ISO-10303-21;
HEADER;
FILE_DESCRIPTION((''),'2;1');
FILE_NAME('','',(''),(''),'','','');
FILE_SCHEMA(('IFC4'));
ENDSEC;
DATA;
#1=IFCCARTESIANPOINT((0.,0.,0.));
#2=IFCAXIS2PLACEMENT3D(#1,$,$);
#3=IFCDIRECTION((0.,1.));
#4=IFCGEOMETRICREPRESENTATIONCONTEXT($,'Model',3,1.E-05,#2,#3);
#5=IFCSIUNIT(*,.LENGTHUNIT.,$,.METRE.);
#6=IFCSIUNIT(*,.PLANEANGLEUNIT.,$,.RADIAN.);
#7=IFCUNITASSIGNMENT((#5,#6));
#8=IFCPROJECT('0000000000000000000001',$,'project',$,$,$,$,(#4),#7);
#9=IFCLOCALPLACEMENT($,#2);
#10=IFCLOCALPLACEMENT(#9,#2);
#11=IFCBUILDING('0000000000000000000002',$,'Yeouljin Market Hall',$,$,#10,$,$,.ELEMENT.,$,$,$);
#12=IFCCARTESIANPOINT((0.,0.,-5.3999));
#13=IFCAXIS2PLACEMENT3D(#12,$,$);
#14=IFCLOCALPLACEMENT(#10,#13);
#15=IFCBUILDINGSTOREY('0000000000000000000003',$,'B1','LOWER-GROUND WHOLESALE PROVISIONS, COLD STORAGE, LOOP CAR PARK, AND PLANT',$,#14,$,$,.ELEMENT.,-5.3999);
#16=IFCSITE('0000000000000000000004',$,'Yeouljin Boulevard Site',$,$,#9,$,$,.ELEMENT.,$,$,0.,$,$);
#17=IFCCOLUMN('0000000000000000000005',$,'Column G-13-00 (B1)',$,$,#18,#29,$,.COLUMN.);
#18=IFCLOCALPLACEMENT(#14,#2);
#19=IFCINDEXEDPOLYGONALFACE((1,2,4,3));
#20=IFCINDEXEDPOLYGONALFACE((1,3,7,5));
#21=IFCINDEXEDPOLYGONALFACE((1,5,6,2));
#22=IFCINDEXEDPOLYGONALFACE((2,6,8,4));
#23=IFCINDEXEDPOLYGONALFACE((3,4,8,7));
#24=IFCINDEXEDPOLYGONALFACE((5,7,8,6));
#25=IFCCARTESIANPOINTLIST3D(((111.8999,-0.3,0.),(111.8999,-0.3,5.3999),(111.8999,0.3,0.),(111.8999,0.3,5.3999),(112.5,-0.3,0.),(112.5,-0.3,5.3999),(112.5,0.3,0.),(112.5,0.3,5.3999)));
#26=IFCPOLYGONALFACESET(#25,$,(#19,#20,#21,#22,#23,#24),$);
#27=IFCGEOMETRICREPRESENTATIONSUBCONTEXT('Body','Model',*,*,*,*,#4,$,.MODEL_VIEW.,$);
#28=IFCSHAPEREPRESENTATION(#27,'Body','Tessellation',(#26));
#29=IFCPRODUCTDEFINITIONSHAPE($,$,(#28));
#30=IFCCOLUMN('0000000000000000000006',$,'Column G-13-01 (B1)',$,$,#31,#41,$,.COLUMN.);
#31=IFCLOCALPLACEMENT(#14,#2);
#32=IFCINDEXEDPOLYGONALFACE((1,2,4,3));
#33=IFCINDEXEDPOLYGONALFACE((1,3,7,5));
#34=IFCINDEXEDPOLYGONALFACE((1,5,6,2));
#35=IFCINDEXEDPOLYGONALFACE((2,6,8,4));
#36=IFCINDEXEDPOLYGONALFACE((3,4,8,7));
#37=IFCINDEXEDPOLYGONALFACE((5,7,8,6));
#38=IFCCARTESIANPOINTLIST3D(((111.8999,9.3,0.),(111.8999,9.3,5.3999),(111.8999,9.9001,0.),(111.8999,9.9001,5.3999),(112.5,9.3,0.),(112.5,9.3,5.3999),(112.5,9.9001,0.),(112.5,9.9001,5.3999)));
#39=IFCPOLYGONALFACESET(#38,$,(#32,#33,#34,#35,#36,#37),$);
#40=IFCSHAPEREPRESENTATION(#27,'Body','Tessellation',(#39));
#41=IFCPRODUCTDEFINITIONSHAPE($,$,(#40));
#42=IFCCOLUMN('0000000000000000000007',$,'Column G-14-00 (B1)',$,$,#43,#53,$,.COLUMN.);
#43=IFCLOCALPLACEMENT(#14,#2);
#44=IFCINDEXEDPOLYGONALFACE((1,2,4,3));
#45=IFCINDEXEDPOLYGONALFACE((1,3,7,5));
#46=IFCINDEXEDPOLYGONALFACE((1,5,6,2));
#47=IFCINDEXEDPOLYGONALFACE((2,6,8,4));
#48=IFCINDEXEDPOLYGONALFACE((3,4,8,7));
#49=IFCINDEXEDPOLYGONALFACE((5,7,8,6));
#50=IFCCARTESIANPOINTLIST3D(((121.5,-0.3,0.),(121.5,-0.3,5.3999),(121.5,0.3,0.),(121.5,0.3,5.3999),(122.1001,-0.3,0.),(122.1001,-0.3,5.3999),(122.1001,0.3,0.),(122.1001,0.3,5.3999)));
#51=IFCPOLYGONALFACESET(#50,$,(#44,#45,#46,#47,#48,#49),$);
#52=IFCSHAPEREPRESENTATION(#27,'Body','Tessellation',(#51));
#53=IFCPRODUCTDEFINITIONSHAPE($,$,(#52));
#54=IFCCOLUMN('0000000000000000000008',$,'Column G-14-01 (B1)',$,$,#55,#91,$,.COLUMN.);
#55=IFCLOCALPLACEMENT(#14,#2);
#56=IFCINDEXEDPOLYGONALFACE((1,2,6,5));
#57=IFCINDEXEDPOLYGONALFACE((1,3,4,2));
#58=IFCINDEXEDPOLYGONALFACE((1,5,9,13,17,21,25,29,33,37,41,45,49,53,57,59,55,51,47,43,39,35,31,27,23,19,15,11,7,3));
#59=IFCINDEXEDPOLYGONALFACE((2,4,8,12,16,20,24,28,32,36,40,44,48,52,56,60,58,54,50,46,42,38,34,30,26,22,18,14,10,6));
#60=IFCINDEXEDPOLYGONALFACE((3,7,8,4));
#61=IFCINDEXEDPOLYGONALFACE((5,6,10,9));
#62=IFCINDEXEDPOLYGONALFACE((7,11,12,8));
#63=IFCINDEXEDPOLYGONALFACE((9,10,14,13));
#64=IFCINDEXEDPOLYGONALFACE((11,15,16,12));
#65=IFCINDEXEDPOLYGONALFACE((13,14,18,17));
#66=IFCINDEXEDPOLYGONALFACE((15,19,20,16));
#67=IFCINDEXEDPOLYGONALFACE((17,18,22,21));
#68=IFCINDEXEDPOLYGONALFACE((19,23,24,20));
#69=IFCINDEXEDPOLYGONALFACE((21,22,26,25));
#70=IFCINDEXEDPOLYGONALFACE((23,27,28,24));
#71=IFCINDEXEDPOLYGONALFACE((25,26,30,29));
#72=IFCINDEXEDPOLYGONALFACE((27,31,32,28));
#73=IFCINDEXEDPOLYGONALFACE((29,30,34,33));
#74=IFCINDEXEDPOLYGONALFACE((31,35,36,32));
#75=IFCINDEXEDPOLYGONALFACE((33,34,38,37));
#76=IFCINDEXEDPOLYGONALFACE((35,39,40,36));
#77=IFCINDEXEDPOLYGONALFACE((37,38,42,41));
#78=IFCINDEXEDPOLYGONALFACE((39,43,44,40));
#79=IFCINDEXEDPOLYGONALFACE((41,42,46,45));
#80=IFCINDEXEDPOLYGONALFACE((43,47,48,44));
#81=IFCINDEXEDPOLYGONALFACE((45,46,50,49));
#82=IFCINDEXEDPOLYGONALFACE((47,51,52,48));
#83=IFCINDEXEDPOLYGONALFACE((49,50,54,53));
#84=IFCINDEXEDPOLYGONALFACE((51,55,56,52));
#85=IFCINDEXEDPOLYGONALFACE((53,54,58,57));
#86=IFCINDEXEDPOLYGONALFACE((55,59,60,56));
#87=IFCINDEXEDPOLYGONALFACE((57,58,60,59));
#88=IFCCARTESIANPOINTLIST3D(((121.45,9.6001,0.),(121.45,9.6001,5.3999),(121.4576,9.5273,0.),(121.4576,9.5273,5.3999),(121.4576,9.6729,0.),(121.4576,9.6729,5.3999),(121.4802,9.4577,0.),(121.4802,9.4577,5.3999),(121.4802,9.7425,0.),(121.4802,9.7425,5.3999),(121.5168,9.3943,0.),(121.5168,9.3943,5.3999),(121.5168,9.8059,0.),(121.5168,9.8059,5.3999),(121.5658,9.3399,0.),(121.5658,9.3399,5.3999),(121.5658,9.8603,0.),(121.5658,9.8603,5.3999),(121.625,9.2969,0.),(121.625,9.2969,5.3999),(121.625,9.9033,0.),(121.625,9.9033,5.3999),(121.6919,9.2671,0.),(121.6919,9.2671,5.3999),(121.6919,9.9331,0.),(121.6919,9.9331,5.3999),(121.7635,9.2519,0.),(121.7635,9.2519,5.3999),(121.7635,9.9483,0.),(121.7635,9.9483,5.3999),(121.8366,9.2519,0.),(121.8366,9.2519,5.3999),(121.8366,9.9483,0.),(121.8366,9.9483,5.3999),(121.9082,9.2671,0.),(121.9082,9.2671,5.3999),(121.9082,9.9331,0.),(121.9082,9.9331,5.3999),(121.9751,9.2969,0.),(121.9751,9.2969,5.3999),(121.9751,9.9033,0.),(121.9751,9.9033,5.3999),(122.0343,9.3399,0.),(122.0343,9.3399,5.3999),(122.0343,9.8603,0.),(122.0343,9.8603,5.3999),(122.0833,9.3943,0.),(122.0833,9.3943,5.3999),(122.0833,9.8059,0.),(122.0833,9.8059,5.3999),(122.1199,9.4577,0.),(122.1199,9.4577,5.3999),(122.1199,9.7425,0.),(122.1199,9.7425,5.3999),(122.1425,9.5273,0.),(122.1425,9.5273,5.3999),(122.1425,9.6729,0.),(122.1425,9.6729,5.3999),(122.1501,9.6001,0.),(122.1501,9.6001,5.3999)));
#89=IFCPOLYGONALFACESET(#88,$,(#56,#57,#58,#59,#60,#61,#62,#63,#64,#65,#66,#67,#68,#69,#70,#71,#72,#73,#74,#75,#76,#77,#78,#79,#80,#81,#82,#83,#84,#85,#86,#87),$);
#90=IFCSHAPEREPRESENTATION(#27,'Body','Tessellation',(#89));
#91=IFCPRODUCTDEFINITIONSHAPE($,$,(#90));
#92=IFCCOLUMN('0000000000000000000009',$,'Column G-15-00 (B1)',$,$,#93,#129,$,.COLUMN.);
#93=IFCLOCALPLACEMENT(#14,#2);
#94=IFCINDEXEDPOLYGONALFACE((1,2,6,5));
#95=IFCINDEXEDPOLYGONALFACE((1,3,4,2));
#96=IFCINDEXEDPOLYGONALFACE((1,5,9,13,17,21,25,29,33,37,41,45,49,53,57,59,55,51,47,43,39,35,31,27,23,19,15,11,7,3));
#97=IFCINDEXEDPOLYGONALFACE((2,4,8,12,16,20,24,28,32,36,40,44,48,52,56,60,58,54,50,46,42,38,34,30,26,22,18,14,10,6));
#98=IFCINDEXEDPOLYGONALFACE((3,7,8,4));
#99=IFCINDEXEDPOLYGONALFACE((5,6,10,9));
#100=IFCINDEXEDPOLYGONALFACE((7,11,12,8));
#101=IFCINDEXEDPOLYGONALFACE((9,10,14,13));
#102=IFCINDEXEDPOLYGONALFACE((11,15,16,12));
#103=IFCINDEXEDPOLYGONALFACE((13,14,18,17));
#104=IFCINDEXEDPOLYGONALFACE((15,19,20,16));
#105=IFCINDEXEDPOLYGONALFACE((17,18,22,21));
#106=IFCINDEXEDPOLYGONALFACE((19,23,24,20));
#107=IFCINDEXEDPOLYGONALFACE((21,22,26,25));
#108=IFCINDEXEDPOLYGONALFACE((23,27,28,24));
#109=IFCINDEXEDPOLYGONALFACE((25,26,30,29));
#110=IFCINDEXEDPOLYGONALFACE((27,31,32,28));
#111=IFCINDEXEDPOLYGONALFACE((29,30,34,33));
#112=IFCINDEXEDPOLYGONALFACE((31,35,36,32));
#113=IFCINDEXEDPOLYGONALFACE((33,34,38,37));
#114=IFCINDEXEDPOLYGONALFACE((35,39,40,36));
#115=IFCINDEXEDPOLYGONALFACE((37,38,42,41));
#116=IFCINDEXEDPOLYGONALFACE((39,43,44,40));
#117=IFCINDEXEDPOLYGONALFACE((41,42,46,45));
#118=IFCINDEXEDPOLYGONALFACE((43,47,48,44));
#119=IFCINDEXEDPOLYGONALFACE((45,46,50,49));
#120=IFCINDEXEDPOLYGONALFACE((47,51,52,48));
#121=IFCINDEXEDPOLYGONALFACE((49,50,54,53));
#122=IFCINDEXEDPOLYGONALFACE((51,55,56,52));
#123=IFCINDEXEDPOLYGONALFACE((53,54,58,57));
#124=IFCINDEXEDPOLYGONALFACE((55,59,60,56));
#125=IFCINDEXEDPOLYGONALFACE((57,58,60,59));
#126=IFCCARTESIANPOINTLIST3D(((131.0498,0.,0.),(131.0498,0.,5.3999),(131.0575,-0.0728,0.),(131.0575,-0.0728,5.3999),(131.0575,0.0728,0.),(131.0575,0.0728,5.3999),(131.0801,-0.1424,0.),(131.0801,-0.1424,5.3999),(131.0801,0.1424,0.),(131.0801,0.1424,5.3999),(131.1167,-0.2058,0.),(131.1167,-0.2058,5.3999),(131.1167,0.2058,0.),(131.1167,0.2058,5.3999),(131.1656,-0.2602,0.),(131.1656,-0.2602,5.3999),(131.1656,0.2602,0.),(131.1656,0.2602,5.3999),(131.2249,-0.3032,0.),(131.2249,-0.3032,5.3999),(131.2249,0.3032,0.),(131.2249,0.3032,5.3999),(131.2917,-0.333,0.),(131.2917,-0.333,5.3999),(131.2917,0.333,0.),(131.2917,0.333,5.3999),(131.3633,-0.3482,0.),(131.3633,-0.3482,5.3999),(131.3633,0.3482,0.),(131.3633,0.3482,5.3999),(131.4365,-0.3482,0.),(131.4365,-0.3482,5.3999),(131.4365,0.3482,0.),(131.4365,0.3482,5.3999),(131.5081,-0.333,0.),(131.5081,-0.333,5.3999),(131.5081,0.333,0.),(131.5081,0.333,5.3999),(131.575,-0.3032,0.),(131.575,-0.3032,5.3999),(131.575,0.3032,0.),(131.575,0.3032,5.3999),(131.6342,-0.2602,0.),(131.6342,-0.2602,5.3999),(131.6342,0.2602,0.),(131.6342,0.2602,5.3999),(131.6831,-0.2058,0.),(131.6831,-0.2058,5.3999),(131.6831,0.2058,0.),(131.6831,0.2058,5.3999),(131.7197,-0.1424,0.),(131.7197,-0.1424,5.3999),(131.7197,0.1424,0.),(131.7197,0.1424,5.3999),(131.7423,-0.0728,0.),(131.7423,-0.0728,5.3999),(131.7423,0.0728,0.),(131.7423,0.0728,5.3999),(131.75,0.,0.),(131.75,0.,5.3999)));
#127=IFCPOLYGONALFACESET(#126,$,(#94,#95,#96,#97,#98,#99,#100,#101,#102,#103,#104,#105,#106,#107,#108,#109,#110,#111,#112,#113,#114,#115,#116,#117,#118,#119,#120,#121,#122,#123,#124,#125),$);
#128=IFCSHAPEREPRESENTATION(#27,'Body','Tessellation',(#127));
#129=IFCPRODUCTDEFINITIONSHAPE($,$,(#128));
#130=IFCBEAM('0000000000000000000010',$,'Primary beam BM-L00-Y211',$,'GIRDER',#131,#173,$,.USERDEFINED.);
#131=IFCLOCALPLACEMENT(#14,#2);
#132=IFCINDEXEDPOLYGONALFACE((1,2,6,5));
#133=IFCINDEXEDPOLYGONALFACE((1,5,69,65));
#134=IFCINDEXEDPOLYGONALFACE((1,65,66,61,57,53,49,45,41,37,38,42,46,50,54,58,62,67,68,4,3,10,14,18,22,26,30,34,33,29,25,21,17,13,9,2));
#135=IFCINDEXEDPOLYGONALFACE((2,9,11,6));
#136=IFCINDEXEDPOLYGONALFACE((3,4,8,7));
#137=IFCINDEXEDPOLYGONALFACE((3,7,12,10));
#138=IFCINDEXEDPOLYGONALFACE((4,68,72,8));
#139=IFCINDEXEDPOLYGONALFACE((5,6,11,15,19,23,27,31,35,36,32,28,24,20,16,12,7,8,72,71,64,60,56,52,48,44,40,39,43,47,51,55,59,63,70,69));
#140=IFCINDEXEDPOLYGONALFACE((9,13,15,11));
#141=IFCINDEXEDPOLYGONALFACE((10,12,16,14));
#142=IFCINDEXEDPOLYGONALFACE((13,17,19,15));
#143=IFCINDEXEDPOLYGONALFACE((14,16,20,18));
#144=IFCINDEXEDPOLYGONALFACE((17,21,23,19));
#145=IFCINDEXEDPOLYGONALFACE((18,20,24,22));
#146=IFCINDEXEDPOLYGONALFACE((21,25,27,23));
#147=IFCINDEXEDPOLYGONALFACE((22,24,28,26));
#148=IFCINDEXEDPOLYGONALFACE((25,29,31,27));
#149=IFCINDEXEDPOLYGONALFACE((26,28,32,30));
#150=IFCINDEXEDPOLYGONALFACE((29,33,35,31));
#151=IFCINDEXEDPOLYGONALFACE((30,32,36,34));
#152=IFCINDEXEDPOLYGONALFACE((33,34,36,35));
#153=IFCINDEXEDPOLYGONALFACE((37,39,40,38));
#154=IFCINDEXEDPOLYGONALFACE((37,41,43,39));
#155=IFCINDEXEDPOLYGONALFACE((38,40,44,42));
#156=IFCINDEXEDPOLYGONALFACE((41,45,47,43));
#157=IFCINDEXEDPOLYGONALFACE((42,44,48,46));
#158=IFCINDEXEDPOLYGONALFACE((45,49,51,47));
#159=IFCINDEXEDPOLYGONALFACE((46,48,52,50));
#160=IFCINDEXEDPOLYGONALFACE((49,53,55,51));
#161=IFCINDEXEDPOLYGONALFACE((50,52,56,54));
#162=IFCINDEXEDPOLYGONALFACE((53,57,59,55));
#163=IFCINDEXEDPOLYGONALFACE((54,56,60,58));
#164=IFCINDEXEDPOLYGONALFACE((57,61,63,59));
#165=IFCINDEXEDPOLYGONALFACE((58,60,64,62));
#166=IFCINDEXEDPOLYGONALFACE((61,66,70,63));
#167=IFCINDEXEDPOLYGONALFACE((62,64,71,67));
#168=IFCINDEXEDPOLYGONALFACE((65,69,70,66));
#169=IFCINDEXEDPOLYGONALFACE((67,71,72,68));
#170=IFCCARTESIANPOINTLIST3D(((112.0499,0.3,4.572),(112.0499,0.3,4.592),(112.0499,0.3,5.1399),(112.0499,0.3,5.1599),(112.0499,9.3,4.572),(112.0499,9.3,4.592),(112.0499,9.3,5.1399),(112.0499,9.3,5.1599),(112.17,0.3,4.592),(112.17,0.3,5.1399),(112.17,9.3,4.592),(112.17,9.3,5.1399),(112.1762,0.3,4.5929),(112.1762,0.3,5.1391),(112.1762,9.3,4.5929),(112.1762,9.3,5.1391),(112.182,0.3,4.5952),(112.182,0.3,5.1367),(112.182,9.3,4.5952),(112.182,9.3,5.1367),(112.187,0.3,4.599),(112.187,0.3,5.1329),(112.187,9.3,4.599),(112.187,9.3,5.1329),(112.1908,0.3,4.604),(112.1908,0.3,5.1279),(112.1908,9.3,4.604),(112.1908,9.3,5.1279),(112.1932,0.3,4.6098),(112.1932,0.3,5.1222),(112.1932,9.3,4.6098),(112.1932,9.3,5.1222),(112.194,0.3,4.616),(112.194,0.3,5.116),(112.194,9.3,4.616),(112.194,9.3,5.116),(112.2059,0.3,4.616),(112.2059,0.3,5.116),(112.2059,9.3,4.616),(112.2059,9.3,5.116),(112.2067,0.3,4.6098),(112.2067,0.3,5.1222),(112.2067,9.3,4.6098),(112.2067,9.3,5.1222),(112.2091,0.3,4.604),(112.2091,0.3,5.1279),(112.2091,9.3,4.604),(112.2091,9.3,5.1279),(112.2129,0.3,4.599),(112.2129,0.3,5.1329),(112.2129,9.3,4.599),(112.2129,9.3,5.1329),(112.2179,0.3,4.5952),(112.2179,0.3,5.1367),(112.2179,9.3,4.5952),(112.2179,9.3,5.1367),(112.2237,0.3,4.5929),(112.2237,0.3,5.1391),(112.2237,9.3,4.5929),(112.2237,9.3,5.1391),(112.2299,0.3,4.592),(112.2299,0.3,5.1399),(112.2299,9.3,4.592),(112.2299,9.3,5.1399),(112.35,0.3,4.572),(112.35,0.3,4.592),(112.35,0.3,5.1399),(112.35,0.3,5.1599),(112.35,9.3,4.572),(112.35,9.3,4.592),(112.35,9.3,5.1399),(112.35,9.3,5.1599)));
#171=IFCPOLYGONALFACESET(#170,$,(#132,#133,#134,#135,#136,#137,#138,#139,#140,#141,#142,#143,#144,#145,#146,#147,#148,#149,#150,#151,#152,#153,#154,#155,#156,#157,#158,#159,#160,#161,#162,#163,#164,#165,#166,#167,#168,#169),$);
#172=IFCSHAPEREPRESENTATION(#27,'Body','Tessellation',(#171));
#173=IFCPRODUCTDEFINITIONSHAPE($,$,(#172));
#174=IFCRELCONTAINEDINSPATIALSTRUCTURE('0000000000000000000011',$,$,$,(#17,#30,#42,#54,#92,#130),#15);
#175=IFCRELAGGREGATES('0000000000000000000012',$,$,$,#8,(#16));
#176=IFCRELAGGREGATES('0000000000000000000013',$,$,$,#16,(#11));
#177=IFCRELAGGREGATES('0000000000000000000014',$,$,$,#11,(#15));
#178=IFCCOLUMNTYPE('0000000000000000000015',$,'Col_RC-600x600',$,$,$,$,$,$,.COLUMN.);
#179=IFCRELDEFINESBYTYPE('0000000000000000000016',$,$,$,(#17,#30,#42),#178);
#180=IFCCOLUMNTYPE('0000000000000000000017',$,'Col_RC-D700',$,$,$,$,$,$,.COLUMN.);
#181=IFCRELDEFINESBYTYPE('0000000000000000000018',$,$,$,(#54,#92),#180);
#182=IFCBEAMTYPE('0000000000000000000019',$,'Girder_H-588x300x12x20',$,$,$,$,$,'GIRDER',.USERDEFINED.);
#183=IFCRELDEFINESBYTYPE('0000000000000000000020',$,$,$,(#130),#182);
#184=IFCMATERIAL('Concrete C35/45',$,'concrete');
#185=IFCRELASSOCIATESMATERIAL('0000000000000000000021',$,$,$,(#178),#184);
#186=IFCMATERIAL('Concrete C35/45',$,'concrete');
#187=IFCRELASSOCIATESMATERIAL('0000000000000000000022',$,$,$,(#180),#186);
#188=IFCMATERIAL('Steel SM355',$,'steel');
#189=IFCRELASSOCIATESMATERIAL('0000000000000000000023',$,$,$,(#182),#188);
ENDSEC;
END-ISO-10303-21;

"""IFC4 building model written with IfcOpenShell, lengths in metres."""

from ifc_helpers import new_model, si_unit, direction, frame, origin, origin_2d, place, context, subcontext, project, spatial, rectangle, circle, i_section, extrude, material, material_profile, profile_set, type_object, element, save


model = new_model("IFC4")

# Units and contexts
model_context = context("Model", 3, precision=1e-05, world=origin(), true_north=direction((0.0, 1.0)))
body_context = subcontext(model_context, "Body", "Model", "MODEL_VIEW")
ifc_project = project(units=[si_unit("LENGTHUNIT", "METRE"), si_unit("PLANEANGLEUNIT", "RADIAN")], contexts=[model_context])

# Site, building, storey
site_placement = place(None, origin())
site = spatial("IfcSite", under=ifc_project, at=site_placement, Name="Yeouljin Boulevard Site", CompositionType="ELEMENT", RefElevation=0.0)
building_placement = place(site_placement, origin())
building = spatial("IfcBuilding", under=site, at=building_placement, Name="Yeouljin Market Hall", CompositionType="ELEMENT")
storey_placement = place(building_placement, frame((0.0, 0.0, -5.3999)))
storey = spatial("IfcBuildingStorey", under=building, at=storey_placement, Name="B1", Description="LOWER-GROUND WHOLESALE PROVISIONS, COLD STORAGE, LOOP CAR PARK, AND PLANT", CompositionType="ELEMENT", Elevation=-5.3999)

# Columns
ifc_material_1 = material(Name="Concrete C35/45", Category="concrete")
ifc_material_profile_1 = material_profile(ifc_material_1, rectangle(XDim=0.6001, YDim=0.6001, at=origin_2d()), Name="RC-600x600")
ifc_profile_set_1 = profile_set([ifc_material_profile_1], Name="Concrete C35/45")
column_type_1 = type_object("IfcColumnType", Name="Col_RC-600x600", PredefinedType="COLUMN", material=ifc_profile_set_1)
for number, where, z_axis, x_axis, name in (
    (1, (112.2, 0.0, 0.0), (0.0, 0.0, 1.0), (1.0, 0.0, 0.0), "Column G-13-00 (B1)"),
    (2, (112.2, 9.6001, 0.0), (0.0, 0.0, 1.0), (1.0, 0.0, 0.0), "Column G-13-01 (B1)"),
    (3, (121.8, 0.0, 0.0), (0.0, 0.0, 1.0), (1.0, 0.0, 0.0), "Column G-14-00 (B1)"),
):
    element("IfcColumn", number, at=place(storey_placement, frame(where, z_axis=z_axis, x_axis=x_axis)), inside=storey, type_object=column_type_1, Name=name, PredefinedType="COLUMN", context=body_context, shape_type="SweptSolid", body=[
        extrude(rectangle(XDim=0.6001, YDim=0.6001, at=origin_2d()), origin(), (0.0, 0.0, 1.0), 5.3999),
    ])
ifc_material_2 = material(Name="Concrete C35/45", Category="concrete")
ifc_material_profile_2 = material_profile(ifc_material_2, circle(Radius=0.3501, at=origin_2d()), Name="RC-D700")
ifc_profile_set_2 = profile_set([ifc_material_profile_2], Name="Concrete C35/45")
column_type_2 = type_object("IfcColumnType", Name="Col_RC-D700", PredefinedType="COLUMN", material=ifc_profile_set_2)
for number, where, z_axis, x_axis, name in (
    (4, (121.8, 9.6001, 0.0), (0.0, 0.0, 1.0), (1.0, 0.0, 0.0), "Column G-14-01 (B1)"),
    (5, (131.3999, 0.0, 0.0), (0.0, 0.0, 1.0), (1.0, 0.0, 0.0), "Column G-15-00 (B1)"),
):
    element("IfcColumn", number, at=place(storey_placement, frame(where, z_axis=z_axis, x_axis=x_axis)), inside=storey, type_object=column_type_2, Name=name, PredefinedType="COLUMN", context=body_context, shape_type="SweptSolid", body=[
        extrude(circle(Radius=0.3501, at=origin_2d()), origin(), (0.0, 0.0, 1.0), 5.3999),
    ])

# Beam
ifc_material_3 = material(Name="Steel SM355", Category="steel")
ifc_material_profile_3 = material_profile(ifc_material_3, i_section(OverallWidth=0.3, OverallDepth=0.5879, WebThickness=0.012, FlangeThickness=0.02, FilletRadius=0.0239, at=origin_2d()), Name="H-588x300x12x20")
ifc_profile_set_3 = profile_set([ifc_material_profile_3], Name="Steel SM355")
beam_type_1 = type_object("IfcBeamType", Name="Girder_H-588x300x12x20", ElementType="GIRDER", PredefinedType="USERDEFINED", material=ifc_profile_set_3)
beam_1_placement = place(storey_placement, frame((112.2, 0.3, 4.866), z_axis=(0.0, 1.0, 0.0), x_axis=(-1.0, 0.0, 0.0)))
element("IfcBeam", 6, at=beam_1_placement, inside=storey, type_object=beam_type_1, Name="Primary beam BM-L00-Y211", ObjectType="GIRDER", PredefinedType="USERDEFINED", context=body_context, shape_type="SweptSolid", body=[
    extrude(i_section(OverallWidth=0.3, OverallDepth=0.5879, WebThickness=0.012, FlangeThickness=0.02, FilletRadius=0.0239, at=origin_2d()), origin(), (0.0, 0.0, 1.0), 9.0),
])

save(model, "model.ifc")
